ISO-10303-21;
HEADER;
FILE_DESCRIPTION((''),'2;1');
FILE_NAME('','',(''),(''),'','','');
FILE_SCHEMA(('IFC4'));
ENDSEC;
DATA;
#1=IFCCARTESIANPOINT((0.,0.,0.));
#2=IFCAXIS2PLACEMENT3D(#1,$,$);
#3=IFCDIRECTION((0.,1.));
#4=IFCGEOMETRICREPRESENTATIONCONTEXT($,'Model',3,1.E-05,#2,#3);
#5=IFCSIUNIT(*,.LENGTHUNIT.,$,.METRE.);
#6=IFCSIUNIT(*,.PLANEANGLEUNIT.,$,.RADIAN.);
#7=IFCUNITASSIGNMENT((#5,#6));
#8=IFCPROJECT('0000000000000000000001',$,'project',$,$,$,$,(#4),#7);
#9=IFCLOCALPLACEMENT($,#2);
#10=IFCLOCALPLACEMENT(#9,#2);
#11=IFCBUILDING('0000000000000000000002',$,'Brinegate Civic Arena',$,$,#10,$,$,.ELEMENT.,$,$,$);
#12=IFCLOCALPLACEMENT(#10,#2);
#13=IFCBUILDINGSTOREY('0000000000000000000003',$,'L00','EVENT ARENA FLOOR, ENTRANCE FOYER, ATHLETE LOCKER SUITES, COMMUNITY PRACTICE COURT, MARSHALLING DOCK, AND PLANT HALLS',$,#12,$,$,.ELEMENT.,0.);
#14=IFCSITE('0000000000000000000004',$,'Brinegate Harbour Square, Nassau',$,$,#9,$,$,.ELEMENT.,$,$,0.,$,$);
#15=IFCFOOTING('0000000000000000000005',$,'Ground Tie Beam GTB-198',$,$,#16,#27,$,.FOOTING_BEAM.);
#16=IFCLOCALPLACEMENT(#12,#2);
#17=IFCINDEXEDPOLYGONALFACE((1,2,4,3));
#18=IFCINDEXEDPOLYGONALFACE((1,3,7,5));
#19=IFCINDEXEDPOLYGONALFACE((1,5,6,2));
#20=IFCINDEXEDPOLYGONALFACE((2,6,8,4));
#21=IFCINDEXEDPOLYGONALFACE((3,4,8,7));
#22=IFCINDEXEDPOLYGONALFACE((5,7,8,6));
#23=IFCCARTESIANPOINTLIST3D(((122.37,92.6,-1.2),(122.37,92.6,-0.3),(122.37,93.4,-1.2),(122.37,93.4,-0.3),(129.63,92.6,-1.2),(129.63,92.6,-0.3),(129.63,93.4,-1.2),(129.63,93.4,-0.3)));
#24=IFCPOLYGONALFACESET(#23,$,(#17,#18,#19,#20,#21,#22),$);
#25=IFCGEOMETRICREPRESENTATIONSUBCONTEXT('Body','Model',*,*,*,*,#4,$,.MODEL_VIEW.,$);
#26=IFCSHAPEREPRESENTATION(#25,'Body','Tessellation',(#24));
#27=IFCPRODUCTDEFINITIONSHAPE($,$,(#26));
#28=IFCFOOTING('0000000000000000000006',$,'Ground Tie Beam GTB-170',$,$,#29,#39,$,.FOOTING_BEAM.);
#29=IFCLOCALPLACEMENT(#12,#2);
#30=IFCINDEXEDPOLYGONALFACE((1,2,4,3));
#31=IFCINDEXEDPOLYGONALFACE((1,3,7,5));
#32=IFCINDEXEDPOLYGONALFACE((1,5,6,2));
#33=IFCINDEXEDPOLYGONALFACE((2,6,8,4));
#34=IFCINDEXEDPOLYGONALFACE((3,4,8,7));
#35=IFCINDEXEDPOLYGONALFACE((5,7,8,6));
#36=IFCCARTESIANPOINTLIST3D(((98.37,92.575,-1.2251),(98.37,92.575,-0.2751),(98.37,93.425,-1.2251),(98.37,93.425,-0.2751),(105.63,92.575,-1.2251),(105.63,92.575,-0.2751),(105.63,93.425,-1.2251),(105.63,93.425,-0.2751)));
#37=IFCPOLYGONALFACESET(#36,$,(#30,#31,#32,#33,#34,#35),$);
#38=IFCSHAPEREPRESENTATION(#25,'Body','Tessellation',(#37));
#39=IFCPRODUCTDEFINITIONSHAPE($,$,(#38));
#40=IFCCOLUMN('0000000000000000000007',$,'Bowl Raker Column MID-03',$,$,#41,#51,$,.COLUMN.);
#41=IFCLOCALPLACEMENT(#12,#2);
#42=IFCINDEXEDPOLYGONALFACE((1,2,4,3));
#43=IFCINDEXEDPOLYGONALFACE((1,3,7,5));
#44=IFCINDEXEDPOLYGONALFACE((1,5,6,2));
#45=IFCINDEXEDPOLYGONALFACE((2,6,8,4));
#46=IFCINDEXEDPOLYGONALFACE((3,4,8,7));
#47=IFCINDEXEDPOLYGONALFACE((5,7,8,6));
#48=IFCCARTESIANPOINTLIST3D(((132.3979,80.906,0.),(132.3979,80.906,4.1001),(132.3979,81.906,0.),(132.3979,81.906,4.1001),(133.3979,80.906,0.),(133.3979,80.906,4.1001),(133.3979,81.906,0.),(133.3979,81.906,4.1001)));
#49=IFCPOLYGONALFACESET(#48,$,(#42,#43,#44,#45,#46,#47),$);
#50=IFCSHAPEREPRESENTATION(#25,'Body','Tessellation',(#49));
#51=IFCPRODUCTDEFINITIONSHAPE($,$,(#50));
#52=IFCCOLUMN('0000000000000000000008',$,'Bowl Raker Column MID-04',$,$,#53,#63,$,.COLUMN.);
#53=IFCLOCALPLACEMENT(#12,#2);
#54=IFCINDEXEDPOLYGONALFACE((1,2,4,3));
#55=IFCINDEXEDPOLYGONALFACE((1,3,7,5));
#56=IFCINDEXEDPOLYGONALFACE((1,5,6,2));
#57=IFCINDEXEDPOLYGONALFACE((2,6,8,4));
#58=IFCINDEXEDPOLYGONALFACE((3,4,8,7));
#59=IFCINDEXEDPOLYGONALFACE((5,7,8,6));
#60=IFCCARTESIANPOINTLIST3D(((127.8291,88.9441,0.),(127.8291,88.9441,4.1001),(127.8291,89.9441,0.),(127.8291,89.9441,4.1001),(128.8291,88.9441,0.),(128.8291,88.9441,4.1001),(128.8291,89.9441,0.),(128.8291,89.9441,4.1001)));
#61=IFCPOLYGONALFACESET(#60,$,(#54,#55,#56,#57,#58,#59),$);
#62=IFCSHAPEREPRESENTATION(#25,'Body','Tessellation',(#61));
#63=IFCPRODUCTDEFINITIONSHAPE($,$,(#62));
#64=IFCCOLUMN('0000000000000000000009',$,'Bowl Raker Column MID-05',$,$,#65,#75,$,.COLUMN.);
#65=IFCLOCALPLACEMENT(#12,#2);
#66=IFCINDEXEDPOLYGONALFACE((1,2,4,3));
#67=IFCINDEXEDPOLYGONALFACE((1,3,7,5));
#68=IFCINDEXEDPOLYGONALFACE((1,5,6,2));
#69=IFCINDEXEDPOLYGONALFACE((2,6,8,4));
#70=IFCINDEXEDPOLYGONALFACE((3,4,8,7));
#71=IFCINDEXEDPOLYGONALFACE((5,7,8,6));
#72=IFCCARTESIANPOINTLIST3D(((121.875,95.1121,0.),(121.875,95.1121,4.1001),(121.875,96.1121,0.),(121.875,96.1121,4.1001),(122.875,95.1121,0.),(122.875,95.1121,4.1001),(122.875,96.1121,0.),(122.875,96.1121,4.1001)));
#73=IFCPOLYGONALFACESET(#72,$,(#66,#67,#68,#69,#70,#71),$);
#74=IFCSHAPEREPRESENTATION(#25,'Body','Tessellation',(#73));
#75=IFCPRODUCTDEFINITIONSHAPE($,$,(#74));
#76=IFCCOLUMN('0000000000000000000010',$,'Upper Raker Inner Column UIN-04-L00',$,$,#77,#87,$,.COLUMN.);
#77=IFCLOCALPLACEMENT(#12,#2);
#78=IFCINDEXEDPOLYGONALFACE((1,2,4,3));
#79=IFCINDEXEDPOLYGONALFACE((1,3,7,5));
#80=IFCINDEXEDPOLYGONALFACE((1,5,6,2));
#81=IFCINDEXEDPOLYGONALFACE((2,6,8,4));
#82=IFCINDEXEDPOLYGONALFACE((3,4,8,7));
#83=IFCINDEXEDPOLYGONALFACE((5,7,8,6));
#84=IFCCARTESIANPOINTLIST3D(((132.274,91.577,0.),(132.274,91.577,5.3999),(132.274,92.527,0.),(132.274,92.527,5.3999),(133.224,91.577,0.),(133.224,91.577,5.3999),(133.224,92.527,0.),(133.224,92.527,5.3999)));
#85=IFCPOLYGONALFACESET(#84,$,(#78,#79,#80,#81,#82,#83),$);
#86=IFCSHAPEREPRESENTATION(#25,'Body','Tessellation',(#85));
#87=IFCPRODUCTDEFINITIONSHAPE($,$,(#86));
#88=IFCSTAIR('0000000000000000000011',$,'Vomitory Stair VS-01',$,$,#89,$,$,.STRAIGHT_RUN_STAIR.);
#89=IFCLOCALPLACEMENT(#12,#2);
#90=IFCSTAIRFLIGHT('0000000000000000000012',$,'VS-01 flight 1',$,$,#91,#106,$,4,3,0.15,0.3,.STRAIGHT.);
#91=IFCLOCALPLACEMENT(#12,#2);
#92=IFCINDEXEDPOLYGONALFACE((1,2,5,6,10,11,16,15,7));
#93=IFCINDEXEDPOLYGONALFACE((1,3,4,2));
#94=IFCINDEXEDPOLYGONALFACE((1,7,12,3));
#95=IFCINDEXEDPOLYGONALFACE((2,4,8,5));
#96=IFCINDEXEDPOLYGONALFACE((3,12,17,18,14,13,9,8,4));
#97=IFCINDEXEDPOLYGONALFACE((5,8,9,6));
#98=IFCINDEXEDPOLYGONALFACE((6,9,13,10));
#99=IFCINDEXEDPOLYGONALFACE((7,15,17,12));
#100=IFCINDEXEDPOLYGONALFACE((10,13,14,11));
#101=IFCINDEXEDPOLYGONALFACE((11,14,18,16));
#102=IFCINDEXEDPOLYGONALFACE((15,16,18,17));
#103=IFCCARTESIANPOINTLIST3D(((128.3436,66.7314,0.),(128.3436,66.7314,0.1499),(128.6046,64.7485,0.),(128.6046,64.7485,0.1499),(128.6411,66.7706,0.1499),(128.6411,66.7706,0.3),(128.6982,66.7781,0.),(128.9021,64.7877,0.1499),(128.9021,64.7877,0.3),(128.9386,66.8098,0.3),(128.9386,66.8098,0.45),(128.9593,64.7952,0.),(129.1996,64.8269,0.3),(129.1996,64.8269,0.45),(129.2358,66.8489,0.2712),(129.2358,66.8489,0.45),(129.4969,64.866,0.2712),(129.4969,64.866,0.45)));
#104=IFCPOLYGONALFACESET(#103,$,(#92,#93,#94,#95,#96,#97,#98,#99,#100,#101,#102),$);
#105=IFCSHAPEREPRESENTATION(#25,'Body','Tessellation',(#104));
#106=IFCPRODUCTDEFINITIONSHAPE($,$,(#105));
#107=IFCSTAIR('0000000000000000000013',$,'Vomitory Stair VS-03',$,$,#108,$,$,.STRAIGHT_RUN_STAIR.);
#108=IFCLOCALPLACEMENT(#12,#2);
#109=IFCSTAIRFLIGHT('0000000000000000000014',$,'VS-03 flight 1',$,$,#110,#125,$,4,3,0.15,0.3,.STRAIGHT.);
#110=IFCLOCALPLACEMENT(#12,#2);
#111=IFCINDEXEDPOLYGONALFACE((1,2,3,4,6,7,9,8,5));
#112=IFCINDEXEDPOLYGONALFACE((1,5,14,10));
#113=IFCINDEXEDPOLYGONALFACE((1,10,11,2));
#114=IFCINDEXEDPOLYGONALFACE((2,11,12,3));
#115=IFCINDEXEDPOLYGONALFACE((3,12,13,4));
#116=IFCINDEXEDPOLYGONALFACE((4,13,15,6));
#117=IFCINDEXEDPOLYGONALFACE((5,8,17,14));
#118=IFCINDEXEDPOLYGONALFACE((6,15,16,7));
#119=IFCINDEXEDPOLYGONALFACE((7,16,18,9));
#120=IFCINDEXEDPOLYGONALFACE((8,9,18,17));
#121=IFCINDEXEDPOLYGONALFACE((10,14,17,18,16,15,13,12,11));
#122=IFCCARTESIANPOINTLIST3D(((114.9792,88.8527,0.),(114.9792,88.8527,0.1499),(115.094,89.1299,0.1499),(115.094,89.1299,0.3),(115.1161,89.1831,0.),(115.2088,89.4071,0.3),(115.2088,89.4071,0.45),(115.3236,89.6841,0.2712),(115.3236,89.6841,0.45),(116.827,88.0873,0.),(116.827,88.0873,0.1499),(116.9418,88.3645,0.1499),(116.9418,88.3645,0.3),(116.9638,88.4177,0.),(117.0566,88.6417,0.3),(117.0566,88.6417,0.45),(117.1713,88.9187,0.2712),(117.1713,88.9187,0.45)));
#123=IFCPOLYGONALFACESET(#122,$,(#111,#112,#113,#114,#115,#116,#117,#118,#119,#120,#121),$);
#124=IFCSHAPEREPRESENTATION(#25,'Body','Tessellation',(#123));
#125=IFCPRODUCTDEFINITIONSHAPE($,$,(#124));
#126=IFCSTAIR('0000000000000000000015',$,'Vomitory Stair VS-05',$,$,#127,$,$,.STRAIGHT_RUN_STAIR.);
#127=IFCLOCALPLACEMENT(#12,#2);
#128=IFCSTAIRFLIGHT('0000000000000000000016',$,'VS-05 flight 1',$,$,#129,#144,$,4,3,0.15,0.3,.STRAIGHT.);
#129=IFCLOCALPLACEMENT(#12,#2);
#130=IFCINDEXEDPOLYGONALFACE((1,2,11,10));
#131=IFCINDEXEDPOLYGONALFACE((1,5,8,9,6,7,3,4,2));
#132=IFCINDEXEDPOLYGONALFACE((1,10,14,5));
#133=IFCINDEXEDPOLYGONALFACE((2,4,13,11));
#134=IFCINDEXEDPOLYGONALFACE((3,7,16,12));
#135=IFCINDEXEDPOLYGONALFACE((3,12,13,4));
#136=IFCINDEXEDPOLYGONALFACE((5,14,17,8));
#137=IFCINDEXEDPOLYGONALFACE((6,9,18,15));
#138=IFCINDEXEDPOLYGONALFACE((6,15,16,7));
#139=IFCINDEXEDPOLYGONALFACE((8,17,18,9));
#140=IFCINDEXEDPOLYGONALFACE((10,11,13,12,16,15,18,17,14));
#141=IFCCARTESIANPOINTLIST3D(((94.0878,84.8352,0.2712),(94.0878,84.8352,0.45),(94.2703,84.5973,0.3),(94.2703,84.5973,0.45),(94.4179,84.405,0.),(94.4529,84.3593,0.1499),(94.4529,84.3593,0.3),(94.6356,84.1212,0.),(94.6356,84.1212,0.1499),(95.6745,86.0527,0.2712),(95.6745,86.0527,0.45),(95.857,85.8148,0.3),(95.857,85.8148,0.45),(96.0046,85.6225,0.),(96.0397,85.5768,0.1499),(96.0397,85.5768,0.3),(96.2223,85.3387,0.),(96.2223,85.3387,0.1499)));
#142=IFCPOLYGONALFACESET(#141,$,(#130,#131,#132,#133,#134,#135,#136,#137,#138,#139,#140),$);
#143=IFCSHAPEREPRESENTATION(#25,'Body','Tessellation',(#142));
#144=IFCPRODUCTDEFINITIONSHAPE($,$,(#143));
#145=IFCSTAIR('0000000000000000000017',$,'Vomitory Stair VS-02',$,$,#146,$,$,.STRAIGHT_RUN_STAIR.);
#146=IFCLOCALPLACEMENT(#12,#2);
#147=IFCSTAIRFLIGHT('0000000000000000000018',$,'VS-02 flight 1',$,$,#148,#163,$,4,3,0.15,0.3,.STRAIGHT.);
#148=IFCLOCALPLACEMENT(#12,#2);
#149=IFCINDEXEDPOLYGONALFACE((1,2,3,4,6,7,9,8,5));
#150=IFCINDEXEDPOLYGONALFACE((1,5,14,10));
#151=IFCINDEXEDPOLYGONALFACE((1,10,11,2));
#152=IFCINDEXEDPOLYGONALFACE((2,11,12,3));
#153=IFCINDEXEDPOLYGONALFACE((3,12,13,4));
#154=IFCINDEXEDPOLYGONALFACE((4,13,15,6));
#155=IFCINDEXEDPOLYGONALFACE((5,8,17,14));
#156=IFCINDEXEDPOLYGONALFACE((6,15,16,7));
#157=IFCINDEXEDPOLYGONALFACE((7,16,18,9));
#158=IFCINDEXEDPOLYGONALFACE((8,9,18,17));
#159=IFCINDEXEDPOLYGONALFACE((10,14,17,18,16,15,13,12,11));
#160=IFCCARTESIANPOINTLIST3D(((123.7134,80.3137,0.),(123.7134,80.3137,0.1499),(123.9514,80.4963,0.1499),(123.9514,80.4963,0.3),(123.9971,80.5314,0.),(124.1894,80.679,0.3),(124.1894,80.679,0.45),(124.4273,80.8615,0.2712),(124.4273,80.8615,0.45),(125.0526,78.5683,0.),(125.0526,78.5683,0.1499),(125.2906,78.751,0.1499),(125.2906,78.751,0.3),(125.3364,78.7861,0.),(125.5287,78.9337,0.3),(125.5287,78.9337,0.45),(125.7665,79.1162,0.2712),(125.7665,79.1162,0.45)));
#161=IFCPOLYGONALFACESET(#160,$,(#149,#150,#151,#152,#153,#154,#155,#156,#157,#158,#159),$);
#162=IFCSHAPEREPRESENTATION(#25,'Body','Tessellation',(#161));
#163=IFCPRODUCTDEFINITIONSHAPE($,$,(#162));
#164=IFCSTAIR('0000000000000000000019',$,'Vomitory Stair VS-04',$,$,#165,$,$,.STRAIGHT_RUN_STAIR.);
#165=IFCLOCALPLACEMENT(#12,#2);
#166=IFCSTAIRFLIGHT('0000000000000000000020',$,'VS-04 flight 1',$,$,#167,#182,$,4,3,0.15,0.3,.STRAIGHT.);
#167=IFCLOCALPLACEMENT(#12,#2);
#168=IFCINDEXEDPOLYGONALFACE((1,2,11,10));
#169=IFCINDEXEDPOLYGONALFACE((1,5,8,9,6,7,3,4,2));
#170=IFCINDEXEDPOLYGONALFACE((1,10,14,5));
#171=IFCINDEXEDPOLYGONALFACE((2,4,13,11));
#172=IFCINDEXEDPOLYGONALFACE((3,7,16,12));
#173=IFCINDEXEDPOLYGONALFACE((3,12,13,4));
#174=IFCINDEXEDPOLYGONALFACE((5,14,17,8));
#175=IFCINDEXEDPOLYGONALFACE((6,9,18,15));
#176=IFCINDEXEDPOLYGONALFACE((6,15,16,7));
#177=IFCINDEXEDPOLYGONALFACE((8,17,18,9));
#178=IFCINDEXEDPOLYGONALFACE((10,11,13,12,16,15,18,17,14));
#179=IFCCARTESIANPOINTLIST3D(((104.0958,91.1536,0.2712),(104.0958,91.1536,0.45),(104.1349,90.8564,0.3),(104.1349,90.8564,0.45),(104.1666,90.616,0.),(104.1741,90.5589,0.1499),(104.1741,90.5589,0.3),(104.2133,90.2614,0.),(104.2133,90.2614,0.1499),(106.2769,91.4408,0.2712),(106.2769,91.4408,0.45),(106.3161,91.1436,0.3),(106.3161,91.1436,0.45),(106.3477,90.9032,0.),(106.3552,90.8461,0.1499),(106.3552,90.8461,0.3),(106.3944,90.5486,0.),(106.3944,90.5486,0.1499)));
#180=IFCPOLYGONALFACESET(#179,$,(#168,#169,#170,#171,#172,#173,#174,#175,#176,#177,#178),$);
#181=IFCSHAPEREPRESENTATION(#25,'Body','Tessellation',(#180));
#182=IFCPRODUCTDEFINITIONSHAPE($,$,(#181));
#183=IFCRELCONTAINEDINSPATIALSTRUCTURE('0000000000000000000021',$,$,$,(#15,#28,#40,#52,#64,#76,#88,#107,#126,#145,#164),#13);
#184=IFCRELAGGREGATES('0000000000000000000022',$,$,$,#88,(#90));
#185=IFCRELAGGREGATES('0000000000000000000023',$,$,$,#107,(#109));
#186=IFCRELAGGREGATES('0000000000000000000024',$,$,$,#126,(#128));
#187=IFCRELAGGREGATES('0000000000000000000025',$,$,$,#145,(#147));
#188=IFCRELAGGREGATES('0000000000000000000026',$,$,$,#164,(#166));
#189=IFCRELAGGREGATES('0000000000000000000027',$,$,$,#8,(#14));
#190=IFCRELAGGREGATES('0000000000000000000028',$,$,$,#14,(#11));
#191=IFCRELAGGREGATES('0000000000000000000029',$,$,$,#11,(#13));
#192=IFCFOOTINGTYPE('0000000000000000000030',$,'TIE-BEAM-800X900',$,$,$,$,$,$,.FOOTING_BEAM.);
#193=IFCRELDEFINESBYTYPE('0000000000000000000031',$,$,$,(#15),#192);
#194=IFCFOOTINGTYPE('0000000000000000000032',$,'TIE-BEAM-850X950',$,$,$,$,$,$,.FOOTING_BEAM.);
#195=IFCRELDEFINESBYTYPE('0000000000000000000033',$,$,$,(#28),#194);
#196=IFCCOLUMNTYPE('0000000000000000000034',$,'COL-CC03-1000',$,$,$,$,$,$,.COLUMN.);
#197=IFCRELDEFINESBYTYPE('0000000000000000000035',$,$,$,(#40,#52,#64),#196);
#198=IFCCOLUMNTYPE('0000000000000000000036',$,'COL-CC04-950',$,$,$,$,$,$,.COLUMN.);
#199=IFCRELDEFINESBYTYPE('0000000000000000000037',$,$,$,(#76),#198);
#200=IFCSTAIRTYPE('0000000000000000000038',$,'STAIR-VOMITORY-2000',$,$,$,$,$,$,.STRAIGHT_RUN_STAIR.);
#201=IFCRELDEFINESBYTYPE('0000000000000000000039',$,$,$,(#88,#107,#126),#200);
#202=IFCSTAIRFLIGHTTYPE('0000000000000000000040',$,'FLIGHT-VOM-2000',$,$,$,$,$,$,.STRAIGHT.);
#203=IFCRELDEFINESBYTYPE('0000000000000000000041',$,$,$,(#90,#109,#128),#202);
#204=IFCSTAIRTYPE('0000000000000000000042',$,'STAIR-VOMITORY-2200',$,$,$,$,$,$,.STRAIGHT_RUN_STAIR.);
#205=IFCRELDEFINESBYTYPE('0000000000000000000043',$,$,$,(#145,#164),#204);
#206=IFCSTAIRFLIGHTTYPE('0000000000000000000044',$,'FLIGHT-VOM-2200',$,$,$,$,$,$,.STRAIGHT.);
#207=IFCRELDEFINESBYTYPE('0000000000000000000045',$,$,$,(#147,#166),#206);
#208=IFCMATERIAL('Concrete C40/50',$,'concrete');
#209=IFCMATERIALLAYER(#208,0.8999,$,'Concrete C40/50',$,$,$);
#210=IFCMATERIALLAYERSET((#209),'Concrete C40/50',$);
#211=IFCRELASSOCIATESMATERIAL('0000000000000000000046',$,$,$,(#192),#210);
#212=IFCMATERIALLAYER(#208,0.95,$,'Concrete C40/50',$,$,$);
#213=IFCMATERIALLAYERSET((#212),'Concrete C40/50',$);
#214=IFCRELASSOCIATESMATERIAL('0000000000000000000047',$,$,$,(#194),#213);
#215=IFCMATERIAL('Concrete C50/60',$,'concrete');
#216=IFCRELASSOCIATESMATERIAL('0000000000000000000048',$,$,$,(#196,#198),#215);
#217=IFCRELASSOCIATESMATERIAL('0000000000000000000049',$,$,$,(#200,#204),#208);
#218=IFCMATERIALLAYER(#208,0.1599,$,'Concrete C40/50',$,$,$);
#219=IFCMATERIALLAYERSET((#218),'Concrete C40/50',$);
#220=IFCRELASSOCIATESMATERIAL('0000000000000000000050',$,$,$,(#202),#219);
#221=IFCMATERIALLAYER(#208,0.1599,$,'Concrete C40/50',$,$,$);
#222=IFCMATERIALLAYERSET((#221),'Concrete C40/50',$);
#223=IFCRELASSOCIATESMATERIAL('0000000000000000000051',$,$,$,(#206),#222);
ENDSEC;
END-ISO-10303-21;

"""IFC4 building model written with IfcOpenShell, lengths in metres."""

from ifc_helpers import new_model, si_unit, direction, frame, origin, origin_2d, place, context, subcontext, project, spatial, polyline, rectangle, outline, extrude, material, layer, layer_set, material_profile, profile_set, type_object, element, aggregate, save


model = new_model("IFC4")

# Units and contexts
model_context = context("Model", 3, precision=1e-05, world=origin(), true_north=direction((0.0, 1.0)))
body_context = subcontext(model_context, "Body", "Model", "MODEL_VIEW")
ifc_project = project(units=[si_unit("LENGTHUNIT", "METRE"), si_unit("PLANEANGLEUNIT", "RADIAN")], contexts=[model_context])

# Site, building, storey
site_placement = place(None, origin())
site = spatial("IfcSite", under=ifc_project, at=site_placement, Name="Brinegate Harbour Square, Nassau", CompositionType="ELEMENT", RefElevation=0.0)
building_placement = place(site_placement, origin())
building = spatial("IfcBuilding", under=site, at=building_placement, Name="Brinegate Civic Arena", CompositionType="ELEMENT")
storey_placement = place(building_placement, origin())
storey = spatial("IfcBuildingStorey", under=building, at=storey_placement, Name="L00", Description="EVENT ARENA FLOOR, ENTRANCE FOYER, ATHLETE LOCKER SUITES, COMMUNITY PRACTICE COURT, MARSHALLING DOCK, AND PLANT HALLS", CompositionType="ELEMENT", Elevation=0.0)

# Shared definitions
ifc_material_1 = material(Name="Concrete C40/50", Category="concrete")

# Footings
ifc_layer_1 = layer(ifc_material_1, 0.8999, Name="Concrete C40/50")
ifc_layer_set_1 = layer_set([ifc_layer_1], Name="Concrete C40/50")
footing_type_1 = type_object("IfcFootingType", Name="TIE-BEAM-800X900", PredefinedType="FOOTING_BEAM", material=ifc_layer_set_1)
footing_1_placement = place(storey_placement, frame((126.0, 93.0, -1.2), z_axis=(0.0, 0.0, 1.0), x_axis=(1.0, 0.0, 0.0)))
element("IfcFooting", 1, at=footing_1_placement, inside=storey, type_object=footing_type_1, Name="Ground Tie Beam GTB-198", PredefinedType="FOOTING_BEAM", context=body_context, shape_type="SweptSolid", body=[
    extrude(rectangle(XDim=7.26, YDim=0.8, at=origin_2d()), origin(), (0.0, 0.0, 1.0), 0.8999),
])
ifc_layer_2 = layer(ifc_material_1, 0.95, Name="Concrete C40/50")
ifc_layer_set_2 = layer_set([ifc_layer_2], Name="Concrete C40/50")
footing_type_2 = type_object("IfcFootingType", Name="TIE-BEAM-850X950", PredefinedType="FOOTING_BEAM", material=ifc_layer_set_2)
footing_2_placement = place(storey_placement, frame((102.0, 93.0, -1.2251), z_axis=(0.0, 0.0, 1.0), x_axis=(1.0, 0.0, 0.0)))
element("IfcFooting", 2, at=footing_2_placement, inside=storey, type_object=footing_type_2, Name="Ground Tie Beam GTB-170", PredefinedType="FOOTING_BEAM", context=body_context, shape_type="SweptSolid", body=[
    extrude(rectangle(XDim=7.26, YDim=0.8501, at=origin_2d()), origin(), (0.0, 0.0, 1.0), 0.95),
])

# Columns
ifc_material_2 = material(Name="Concrete C50/60", Category="concrete")
ifc_material_profile_1 = material_profile(ifc_material_2, rectangle(XDim=1.0, YDim=1.0, at=origin_2d()), Name="RC1000X1000")
ifc_profile_set_1 = profile_set([ifc_material_profile_1], Name="Concrete C50/60")
column_type_1 = type_object("IfcColumnType", Name="COL-CC03-1000", PredefinedType="COLUMN", material=ifc_profile_set_1)
for number, where, z_axis, x_axis, name in (
    (3, (132.8979, 81.406, 0.0), (0.0, 0.0, 1.0), (1.0, 0.0, 0.0), "Bowl Raker Column MID-03"),
    (4, (128.3291, 89.4441, 0.0), (0.0, 0.0, 1.0), (1.0, 0.0, 0.0), "Bowl Raker Column MID-04"),
    (5, (122.375, 95.6121, 0.0), (0.0, 0.0, 1.0), (1.0, 0.0, 0.0), "Bowl Raker Column MID-05"),
):
    element("IfcColumn", number, at=place(storey_placement, frame(where, z_axis=z_axis, x_axis=x_axis)), inside=storey, type_object=column_type_1, Name=name, PredefinedType="COLUMN", context=body_context, shape_type="SweptSolid", body=[
        extrude(rectangle(XDim=1.0, YDim=1.0, at=origin_2d()), origin(), (0.0, 0.0, 1.0), 4.1001),
    ])
ifc_material_profile_2 = material_profile(ifc_material_2, rectangle(XDim=0.95, YDim=0.95, at=origin_2d()), Name="RC950X950")
ifc_profile_set_2 = profile_set([ifc_material_profile_2], Name="Concrete C50/60")
column_type_2 = type_object("IfcColumnType", Name="COL-CC04-950", PredefinedType="COLUMN", material=ifc_profile_set_2)
column_placement = place(storey_placement, frame((132.749, 92.052, 0.0), z_axis=(0.0, 0.0, 1.0), x_axis=(1.0, 0.0, 0.0)))
element("IfcColumn", 6, at=column_placement, inside=storey, type_object=column_type_2, Name="Upper Raker Inner Column UIN-04-L00", PredefinedType="COLUMN", context=body_context, shape_type="SweptSolid", body=[
    extrude(rectangle(XDim=0.95, YDim=0.95, at=origin_2d()), origin(), (0.0, 0.0, 1.0), 5.3999),
])

# Stairs, stair flights
stair_type_1 = type_object("IfcStairType", Name="STAIR-VOMITORY-2000", PredefinedType="STRAIGHT_RUN_STAIR", material=ifc_material_1)
stair_1_placement = place(storey_placement, origin())
stair_1 = element("IfcStair", 7, at=stair_1_placement, inside=storey, type_object=stair_type_1, Name="Vomitory Stair VS-01", PredefinedType="STRAIGHT_RUN_STAIR")
ifc_layer_3 = layer(ifc_material_1, 0.1599, Name="Concrete C40/50")
ifc_layer_set_3 = layer_set([ifc_layer_3], Name="Concrete C40/50")
stair_flight_type_1 = type_object("IfcStairFlightType", Name="FLIGHT-VOM-2000", PredefinedType="STRAIGHT", material=ifc_layer_set_3)
stair_flight_1_placement = place(storey_placement, frame((128.4741, 65.74, 0.0), z_axis=(0.0, 0.0, 1.0), x_axis=(0.991445, 0.130526, 0.0)))
stair_flight_1 = element("IfcStairFlight", 8, at=stair_flight_1_placement, type_object=stair_flight_type_1, Name="VS-01 flight 1", NumberOfRisers=4, NumberOfTreads=3, PredefinedType="STRAIGHT", RiserHeight=0.15, TreadLength=0.3, context=body_context, shape_type="SweptSolid", body=[
    extrude(outline(polyline([(0.0, 0.0), (0.0, 0.1499), (0.3, 0.1499), (0.3, 0.3), (0.6001, 0.3), (0.6001, 0.45), (0.8999, 0.45), (0.8999, 0.6001), (0.8999, 0.2712), (0.3577, 0.0), (0.0, 0.0)])), frame((0.0, 1.0, 0.0), z_axis=(0.0, -1.0, 0.0), x_axis=(1.0, 0.0, 0.0)), (0.0, 0.0, 1.0), 2.0),
])
aggregate(stair_1, [stair_flight_1])
stair_2_placement = place(storey_placement, origin())
stair_2 = element("IfcStair", 9, at=stair_2_placement, inside=storey, type_object=stair_type_1, Name="Vomitory Stair VS-03", PredefinedType="STRAIGHT_RUN_STAIR")
stair_flight_2_placement = place(storey_placement, frame((115.9031, 88.47, 0.0), z_axis=(0.0, 0.0, 1.0), x_axis=(0.382683, 0.92388, 0.0)))
stair_flight_2 = element("IfcStairFlight", 10, at=stair_flight_2_placement, type_object=stair_flight_type_1, Name="VS-03 flight 1", NumberOfRisers=4, NumberOfTreads=3, PredefinedType="STRAIGHT", RiserHeight=0.15, TreadLength=0.3, context=body_context, shape_type="SweptSolid", body=[
    extrude(outline(polyline([(0.0, 0.0), (0.0, 0.1499), (0.3, 0.1499), (0.3, 0.3), (0.6001, 0.3), (0.6001, 0.45), (0.8999, 0.45), (0.8999, 0.6001), (0.8999, 0.2712), (0.3577, 0.0), (0.0, 0.0)])), frame((0.0, 1.0, 0.0), z_axis=(0.0, -1.0, 0.0), x_axis=(1.0, 0.0, 0.0)), (0.0, 0.0, 1.0), 2.0),
])
aggregate(stair_2, [stair_flight_2])
stair_3_placement = place(storey_placement, origin())
stair_3 = element("IfcStair", 11, at=stair_3_placement, inside=storey, type_object=stair_type_1, Name="Vomitory Stair VS-05", PredefinedType="STRAIGHT_RUN_STAIR")
stair_flight_3_placement = place(storey_placement, frame((95.429, 84.73, 0.0), z_axis=(0.0, 0.0, 1.0), x_axis=(-0.608761, 0.793353, 0.0)))
stair_flight_3 = element("IfcStairFlight", 12, at=stair_flight_3_placement, type_object=stair_flight_type_1, Name="VS-05 flight 1", NumberOfRisers=4, NumberOfTreads=3, PredefinedType="STRAIGHT", RiserHeight=0.15, TreadLength=0.3, context=body_context, shape_type="SweptSolid", body=[
    extrude(outline(polyline([(0.0, 0.0), (0.0, 0.1499), (0.3, 0.1499), (0.3, 0.3), (0.6001, 0.3), (0.6001, 0.45), (0.8999, 0.45), (0.8999, 0.6001), (0.8999, 0.2712), (0.3577, 0.0), (0.0, 0.0)])), frame((0.0, 1.0, 0.0), z_axis=(0.0, -1.0, 0.0), x_axis=(1.0, 0.0, 0.0)), (0.0, 0.0, 1.0), 2.0),
])
aggregate(stair_3, [stair_flight_3])
stair_type_2 = type_object("IfcStairType", Name="STAIR-VOMITORY-2200", PredefinedType="STRAIGHT_RUN_STAIR", material=ifc_material_1)
stair_4_placement = place(storey_placement, origin())
stair_4 = element("IfcStair", 13, at=stair_4_placement, inside=storey, type_object=stair_type_2, Name="Vomitory Stair VS-02", PredefinedType="STRAIGHT_RUN_STAIR")
ifc_layer_4 = layer(ifc_material_1, 0.1599, Name="Concrete C40/50")
ifc_layer_set_4 = layer_set([ifc_layer_4], Name="Concrete C40/50")
stair_flight_type_2 = type_object("IfcStairFlightType", Name="FLIGHT-VOM-2200", PredefinedType="STRAIGHT", material=ifc_layer_set_4)
stair_flight_4_placement = place(storey_placement, frame((124.3831, 79.4409, 0.0), z_axis=(0.0, 0.0, 1.0), x_axis=(0.793353, 0.608761, 0.0)))
stair_flight_4 = element("IfcStairFlight", 14, at=stair_flight_4_placement, type_object=stair_flight_type_2, Name="VS-02 flight 1", NumberOfRisers=4, NumberOfTreads=3, PredefinedType="STRAIGHT", RiserHeight=0.15, TreadLength=0.3, context=body_context, shape_type="SweptSolid", body=[
    extrude(outline(polyline([(0.0, 0.0), (0.0, 0.1499), (0.3, 0.1499), (0.3, 0.3), (0.6001, 0.3), (0.6001, 0.45), (0.8999, 0.45), (0.8999, 0.6001), (0.8999, 0.2712), (0.3577, 0.0), (0.0, 0.0)])), frame((0.0, 1.1001, 0.0), z_axis=(0.0, -1.0, 0.0), x_axis=(1.0, 0.0, 0.0)), (0.0, 0.0, 1.0), 2.2),
])
aggregate(stair_4, [stair_flight_4])
stair_5_placement = place(storey_placement, origin())
stair_5 = element("IfcStair", 15, at=stair_5_placement, inside=storey, type_object=stair_type_2, Name="Vomitory Stair VS-04", PredefinedType="STRAIGHT_RUN_STAIR")
stair_flight_5_placement = place(storey_placement, frame((105.304, 90.405, 0.0), z_axis=(0.0, 0.0, 1.0), x_axis=(-0.130526, 0.991445, 0.0)))
stair_flight_5 = element("IfcStairFlight", 16, at=stair_flight_5_placement, type_object=stair_flight_type_2, Name="VS-04 flight 1", NumberOfRisers=4, NumberOfTreads=3, PredefinedType="STRAIGHT", RiserHeight=0.15, TreadLength=0.3, context=body_context, shape_type="SweptSolid", body=[
    extrude(outline(polyline([(0.0, 0.0), (0.0, 0.1499), (0.3, 0.1499), (0.3, 0.3), (0.6001, 0.3), (0.6001, 0.45), (0.8999, 0.45), (0.8999, 0.6001), (0.8999, 0.2712), (0.3577, 0.0), (0.0, 0.0)])), frame((0.0, 1.1001, 0.0), z_axis=(0.0, -1.0, 0.0), x_axis=(1.0, 0.0, 0.0)), (0.0, 0.0, 1.0), 2.2),
])
aggregate(stair_5, [stair_flight_5])

save(model, "model.ifc")
